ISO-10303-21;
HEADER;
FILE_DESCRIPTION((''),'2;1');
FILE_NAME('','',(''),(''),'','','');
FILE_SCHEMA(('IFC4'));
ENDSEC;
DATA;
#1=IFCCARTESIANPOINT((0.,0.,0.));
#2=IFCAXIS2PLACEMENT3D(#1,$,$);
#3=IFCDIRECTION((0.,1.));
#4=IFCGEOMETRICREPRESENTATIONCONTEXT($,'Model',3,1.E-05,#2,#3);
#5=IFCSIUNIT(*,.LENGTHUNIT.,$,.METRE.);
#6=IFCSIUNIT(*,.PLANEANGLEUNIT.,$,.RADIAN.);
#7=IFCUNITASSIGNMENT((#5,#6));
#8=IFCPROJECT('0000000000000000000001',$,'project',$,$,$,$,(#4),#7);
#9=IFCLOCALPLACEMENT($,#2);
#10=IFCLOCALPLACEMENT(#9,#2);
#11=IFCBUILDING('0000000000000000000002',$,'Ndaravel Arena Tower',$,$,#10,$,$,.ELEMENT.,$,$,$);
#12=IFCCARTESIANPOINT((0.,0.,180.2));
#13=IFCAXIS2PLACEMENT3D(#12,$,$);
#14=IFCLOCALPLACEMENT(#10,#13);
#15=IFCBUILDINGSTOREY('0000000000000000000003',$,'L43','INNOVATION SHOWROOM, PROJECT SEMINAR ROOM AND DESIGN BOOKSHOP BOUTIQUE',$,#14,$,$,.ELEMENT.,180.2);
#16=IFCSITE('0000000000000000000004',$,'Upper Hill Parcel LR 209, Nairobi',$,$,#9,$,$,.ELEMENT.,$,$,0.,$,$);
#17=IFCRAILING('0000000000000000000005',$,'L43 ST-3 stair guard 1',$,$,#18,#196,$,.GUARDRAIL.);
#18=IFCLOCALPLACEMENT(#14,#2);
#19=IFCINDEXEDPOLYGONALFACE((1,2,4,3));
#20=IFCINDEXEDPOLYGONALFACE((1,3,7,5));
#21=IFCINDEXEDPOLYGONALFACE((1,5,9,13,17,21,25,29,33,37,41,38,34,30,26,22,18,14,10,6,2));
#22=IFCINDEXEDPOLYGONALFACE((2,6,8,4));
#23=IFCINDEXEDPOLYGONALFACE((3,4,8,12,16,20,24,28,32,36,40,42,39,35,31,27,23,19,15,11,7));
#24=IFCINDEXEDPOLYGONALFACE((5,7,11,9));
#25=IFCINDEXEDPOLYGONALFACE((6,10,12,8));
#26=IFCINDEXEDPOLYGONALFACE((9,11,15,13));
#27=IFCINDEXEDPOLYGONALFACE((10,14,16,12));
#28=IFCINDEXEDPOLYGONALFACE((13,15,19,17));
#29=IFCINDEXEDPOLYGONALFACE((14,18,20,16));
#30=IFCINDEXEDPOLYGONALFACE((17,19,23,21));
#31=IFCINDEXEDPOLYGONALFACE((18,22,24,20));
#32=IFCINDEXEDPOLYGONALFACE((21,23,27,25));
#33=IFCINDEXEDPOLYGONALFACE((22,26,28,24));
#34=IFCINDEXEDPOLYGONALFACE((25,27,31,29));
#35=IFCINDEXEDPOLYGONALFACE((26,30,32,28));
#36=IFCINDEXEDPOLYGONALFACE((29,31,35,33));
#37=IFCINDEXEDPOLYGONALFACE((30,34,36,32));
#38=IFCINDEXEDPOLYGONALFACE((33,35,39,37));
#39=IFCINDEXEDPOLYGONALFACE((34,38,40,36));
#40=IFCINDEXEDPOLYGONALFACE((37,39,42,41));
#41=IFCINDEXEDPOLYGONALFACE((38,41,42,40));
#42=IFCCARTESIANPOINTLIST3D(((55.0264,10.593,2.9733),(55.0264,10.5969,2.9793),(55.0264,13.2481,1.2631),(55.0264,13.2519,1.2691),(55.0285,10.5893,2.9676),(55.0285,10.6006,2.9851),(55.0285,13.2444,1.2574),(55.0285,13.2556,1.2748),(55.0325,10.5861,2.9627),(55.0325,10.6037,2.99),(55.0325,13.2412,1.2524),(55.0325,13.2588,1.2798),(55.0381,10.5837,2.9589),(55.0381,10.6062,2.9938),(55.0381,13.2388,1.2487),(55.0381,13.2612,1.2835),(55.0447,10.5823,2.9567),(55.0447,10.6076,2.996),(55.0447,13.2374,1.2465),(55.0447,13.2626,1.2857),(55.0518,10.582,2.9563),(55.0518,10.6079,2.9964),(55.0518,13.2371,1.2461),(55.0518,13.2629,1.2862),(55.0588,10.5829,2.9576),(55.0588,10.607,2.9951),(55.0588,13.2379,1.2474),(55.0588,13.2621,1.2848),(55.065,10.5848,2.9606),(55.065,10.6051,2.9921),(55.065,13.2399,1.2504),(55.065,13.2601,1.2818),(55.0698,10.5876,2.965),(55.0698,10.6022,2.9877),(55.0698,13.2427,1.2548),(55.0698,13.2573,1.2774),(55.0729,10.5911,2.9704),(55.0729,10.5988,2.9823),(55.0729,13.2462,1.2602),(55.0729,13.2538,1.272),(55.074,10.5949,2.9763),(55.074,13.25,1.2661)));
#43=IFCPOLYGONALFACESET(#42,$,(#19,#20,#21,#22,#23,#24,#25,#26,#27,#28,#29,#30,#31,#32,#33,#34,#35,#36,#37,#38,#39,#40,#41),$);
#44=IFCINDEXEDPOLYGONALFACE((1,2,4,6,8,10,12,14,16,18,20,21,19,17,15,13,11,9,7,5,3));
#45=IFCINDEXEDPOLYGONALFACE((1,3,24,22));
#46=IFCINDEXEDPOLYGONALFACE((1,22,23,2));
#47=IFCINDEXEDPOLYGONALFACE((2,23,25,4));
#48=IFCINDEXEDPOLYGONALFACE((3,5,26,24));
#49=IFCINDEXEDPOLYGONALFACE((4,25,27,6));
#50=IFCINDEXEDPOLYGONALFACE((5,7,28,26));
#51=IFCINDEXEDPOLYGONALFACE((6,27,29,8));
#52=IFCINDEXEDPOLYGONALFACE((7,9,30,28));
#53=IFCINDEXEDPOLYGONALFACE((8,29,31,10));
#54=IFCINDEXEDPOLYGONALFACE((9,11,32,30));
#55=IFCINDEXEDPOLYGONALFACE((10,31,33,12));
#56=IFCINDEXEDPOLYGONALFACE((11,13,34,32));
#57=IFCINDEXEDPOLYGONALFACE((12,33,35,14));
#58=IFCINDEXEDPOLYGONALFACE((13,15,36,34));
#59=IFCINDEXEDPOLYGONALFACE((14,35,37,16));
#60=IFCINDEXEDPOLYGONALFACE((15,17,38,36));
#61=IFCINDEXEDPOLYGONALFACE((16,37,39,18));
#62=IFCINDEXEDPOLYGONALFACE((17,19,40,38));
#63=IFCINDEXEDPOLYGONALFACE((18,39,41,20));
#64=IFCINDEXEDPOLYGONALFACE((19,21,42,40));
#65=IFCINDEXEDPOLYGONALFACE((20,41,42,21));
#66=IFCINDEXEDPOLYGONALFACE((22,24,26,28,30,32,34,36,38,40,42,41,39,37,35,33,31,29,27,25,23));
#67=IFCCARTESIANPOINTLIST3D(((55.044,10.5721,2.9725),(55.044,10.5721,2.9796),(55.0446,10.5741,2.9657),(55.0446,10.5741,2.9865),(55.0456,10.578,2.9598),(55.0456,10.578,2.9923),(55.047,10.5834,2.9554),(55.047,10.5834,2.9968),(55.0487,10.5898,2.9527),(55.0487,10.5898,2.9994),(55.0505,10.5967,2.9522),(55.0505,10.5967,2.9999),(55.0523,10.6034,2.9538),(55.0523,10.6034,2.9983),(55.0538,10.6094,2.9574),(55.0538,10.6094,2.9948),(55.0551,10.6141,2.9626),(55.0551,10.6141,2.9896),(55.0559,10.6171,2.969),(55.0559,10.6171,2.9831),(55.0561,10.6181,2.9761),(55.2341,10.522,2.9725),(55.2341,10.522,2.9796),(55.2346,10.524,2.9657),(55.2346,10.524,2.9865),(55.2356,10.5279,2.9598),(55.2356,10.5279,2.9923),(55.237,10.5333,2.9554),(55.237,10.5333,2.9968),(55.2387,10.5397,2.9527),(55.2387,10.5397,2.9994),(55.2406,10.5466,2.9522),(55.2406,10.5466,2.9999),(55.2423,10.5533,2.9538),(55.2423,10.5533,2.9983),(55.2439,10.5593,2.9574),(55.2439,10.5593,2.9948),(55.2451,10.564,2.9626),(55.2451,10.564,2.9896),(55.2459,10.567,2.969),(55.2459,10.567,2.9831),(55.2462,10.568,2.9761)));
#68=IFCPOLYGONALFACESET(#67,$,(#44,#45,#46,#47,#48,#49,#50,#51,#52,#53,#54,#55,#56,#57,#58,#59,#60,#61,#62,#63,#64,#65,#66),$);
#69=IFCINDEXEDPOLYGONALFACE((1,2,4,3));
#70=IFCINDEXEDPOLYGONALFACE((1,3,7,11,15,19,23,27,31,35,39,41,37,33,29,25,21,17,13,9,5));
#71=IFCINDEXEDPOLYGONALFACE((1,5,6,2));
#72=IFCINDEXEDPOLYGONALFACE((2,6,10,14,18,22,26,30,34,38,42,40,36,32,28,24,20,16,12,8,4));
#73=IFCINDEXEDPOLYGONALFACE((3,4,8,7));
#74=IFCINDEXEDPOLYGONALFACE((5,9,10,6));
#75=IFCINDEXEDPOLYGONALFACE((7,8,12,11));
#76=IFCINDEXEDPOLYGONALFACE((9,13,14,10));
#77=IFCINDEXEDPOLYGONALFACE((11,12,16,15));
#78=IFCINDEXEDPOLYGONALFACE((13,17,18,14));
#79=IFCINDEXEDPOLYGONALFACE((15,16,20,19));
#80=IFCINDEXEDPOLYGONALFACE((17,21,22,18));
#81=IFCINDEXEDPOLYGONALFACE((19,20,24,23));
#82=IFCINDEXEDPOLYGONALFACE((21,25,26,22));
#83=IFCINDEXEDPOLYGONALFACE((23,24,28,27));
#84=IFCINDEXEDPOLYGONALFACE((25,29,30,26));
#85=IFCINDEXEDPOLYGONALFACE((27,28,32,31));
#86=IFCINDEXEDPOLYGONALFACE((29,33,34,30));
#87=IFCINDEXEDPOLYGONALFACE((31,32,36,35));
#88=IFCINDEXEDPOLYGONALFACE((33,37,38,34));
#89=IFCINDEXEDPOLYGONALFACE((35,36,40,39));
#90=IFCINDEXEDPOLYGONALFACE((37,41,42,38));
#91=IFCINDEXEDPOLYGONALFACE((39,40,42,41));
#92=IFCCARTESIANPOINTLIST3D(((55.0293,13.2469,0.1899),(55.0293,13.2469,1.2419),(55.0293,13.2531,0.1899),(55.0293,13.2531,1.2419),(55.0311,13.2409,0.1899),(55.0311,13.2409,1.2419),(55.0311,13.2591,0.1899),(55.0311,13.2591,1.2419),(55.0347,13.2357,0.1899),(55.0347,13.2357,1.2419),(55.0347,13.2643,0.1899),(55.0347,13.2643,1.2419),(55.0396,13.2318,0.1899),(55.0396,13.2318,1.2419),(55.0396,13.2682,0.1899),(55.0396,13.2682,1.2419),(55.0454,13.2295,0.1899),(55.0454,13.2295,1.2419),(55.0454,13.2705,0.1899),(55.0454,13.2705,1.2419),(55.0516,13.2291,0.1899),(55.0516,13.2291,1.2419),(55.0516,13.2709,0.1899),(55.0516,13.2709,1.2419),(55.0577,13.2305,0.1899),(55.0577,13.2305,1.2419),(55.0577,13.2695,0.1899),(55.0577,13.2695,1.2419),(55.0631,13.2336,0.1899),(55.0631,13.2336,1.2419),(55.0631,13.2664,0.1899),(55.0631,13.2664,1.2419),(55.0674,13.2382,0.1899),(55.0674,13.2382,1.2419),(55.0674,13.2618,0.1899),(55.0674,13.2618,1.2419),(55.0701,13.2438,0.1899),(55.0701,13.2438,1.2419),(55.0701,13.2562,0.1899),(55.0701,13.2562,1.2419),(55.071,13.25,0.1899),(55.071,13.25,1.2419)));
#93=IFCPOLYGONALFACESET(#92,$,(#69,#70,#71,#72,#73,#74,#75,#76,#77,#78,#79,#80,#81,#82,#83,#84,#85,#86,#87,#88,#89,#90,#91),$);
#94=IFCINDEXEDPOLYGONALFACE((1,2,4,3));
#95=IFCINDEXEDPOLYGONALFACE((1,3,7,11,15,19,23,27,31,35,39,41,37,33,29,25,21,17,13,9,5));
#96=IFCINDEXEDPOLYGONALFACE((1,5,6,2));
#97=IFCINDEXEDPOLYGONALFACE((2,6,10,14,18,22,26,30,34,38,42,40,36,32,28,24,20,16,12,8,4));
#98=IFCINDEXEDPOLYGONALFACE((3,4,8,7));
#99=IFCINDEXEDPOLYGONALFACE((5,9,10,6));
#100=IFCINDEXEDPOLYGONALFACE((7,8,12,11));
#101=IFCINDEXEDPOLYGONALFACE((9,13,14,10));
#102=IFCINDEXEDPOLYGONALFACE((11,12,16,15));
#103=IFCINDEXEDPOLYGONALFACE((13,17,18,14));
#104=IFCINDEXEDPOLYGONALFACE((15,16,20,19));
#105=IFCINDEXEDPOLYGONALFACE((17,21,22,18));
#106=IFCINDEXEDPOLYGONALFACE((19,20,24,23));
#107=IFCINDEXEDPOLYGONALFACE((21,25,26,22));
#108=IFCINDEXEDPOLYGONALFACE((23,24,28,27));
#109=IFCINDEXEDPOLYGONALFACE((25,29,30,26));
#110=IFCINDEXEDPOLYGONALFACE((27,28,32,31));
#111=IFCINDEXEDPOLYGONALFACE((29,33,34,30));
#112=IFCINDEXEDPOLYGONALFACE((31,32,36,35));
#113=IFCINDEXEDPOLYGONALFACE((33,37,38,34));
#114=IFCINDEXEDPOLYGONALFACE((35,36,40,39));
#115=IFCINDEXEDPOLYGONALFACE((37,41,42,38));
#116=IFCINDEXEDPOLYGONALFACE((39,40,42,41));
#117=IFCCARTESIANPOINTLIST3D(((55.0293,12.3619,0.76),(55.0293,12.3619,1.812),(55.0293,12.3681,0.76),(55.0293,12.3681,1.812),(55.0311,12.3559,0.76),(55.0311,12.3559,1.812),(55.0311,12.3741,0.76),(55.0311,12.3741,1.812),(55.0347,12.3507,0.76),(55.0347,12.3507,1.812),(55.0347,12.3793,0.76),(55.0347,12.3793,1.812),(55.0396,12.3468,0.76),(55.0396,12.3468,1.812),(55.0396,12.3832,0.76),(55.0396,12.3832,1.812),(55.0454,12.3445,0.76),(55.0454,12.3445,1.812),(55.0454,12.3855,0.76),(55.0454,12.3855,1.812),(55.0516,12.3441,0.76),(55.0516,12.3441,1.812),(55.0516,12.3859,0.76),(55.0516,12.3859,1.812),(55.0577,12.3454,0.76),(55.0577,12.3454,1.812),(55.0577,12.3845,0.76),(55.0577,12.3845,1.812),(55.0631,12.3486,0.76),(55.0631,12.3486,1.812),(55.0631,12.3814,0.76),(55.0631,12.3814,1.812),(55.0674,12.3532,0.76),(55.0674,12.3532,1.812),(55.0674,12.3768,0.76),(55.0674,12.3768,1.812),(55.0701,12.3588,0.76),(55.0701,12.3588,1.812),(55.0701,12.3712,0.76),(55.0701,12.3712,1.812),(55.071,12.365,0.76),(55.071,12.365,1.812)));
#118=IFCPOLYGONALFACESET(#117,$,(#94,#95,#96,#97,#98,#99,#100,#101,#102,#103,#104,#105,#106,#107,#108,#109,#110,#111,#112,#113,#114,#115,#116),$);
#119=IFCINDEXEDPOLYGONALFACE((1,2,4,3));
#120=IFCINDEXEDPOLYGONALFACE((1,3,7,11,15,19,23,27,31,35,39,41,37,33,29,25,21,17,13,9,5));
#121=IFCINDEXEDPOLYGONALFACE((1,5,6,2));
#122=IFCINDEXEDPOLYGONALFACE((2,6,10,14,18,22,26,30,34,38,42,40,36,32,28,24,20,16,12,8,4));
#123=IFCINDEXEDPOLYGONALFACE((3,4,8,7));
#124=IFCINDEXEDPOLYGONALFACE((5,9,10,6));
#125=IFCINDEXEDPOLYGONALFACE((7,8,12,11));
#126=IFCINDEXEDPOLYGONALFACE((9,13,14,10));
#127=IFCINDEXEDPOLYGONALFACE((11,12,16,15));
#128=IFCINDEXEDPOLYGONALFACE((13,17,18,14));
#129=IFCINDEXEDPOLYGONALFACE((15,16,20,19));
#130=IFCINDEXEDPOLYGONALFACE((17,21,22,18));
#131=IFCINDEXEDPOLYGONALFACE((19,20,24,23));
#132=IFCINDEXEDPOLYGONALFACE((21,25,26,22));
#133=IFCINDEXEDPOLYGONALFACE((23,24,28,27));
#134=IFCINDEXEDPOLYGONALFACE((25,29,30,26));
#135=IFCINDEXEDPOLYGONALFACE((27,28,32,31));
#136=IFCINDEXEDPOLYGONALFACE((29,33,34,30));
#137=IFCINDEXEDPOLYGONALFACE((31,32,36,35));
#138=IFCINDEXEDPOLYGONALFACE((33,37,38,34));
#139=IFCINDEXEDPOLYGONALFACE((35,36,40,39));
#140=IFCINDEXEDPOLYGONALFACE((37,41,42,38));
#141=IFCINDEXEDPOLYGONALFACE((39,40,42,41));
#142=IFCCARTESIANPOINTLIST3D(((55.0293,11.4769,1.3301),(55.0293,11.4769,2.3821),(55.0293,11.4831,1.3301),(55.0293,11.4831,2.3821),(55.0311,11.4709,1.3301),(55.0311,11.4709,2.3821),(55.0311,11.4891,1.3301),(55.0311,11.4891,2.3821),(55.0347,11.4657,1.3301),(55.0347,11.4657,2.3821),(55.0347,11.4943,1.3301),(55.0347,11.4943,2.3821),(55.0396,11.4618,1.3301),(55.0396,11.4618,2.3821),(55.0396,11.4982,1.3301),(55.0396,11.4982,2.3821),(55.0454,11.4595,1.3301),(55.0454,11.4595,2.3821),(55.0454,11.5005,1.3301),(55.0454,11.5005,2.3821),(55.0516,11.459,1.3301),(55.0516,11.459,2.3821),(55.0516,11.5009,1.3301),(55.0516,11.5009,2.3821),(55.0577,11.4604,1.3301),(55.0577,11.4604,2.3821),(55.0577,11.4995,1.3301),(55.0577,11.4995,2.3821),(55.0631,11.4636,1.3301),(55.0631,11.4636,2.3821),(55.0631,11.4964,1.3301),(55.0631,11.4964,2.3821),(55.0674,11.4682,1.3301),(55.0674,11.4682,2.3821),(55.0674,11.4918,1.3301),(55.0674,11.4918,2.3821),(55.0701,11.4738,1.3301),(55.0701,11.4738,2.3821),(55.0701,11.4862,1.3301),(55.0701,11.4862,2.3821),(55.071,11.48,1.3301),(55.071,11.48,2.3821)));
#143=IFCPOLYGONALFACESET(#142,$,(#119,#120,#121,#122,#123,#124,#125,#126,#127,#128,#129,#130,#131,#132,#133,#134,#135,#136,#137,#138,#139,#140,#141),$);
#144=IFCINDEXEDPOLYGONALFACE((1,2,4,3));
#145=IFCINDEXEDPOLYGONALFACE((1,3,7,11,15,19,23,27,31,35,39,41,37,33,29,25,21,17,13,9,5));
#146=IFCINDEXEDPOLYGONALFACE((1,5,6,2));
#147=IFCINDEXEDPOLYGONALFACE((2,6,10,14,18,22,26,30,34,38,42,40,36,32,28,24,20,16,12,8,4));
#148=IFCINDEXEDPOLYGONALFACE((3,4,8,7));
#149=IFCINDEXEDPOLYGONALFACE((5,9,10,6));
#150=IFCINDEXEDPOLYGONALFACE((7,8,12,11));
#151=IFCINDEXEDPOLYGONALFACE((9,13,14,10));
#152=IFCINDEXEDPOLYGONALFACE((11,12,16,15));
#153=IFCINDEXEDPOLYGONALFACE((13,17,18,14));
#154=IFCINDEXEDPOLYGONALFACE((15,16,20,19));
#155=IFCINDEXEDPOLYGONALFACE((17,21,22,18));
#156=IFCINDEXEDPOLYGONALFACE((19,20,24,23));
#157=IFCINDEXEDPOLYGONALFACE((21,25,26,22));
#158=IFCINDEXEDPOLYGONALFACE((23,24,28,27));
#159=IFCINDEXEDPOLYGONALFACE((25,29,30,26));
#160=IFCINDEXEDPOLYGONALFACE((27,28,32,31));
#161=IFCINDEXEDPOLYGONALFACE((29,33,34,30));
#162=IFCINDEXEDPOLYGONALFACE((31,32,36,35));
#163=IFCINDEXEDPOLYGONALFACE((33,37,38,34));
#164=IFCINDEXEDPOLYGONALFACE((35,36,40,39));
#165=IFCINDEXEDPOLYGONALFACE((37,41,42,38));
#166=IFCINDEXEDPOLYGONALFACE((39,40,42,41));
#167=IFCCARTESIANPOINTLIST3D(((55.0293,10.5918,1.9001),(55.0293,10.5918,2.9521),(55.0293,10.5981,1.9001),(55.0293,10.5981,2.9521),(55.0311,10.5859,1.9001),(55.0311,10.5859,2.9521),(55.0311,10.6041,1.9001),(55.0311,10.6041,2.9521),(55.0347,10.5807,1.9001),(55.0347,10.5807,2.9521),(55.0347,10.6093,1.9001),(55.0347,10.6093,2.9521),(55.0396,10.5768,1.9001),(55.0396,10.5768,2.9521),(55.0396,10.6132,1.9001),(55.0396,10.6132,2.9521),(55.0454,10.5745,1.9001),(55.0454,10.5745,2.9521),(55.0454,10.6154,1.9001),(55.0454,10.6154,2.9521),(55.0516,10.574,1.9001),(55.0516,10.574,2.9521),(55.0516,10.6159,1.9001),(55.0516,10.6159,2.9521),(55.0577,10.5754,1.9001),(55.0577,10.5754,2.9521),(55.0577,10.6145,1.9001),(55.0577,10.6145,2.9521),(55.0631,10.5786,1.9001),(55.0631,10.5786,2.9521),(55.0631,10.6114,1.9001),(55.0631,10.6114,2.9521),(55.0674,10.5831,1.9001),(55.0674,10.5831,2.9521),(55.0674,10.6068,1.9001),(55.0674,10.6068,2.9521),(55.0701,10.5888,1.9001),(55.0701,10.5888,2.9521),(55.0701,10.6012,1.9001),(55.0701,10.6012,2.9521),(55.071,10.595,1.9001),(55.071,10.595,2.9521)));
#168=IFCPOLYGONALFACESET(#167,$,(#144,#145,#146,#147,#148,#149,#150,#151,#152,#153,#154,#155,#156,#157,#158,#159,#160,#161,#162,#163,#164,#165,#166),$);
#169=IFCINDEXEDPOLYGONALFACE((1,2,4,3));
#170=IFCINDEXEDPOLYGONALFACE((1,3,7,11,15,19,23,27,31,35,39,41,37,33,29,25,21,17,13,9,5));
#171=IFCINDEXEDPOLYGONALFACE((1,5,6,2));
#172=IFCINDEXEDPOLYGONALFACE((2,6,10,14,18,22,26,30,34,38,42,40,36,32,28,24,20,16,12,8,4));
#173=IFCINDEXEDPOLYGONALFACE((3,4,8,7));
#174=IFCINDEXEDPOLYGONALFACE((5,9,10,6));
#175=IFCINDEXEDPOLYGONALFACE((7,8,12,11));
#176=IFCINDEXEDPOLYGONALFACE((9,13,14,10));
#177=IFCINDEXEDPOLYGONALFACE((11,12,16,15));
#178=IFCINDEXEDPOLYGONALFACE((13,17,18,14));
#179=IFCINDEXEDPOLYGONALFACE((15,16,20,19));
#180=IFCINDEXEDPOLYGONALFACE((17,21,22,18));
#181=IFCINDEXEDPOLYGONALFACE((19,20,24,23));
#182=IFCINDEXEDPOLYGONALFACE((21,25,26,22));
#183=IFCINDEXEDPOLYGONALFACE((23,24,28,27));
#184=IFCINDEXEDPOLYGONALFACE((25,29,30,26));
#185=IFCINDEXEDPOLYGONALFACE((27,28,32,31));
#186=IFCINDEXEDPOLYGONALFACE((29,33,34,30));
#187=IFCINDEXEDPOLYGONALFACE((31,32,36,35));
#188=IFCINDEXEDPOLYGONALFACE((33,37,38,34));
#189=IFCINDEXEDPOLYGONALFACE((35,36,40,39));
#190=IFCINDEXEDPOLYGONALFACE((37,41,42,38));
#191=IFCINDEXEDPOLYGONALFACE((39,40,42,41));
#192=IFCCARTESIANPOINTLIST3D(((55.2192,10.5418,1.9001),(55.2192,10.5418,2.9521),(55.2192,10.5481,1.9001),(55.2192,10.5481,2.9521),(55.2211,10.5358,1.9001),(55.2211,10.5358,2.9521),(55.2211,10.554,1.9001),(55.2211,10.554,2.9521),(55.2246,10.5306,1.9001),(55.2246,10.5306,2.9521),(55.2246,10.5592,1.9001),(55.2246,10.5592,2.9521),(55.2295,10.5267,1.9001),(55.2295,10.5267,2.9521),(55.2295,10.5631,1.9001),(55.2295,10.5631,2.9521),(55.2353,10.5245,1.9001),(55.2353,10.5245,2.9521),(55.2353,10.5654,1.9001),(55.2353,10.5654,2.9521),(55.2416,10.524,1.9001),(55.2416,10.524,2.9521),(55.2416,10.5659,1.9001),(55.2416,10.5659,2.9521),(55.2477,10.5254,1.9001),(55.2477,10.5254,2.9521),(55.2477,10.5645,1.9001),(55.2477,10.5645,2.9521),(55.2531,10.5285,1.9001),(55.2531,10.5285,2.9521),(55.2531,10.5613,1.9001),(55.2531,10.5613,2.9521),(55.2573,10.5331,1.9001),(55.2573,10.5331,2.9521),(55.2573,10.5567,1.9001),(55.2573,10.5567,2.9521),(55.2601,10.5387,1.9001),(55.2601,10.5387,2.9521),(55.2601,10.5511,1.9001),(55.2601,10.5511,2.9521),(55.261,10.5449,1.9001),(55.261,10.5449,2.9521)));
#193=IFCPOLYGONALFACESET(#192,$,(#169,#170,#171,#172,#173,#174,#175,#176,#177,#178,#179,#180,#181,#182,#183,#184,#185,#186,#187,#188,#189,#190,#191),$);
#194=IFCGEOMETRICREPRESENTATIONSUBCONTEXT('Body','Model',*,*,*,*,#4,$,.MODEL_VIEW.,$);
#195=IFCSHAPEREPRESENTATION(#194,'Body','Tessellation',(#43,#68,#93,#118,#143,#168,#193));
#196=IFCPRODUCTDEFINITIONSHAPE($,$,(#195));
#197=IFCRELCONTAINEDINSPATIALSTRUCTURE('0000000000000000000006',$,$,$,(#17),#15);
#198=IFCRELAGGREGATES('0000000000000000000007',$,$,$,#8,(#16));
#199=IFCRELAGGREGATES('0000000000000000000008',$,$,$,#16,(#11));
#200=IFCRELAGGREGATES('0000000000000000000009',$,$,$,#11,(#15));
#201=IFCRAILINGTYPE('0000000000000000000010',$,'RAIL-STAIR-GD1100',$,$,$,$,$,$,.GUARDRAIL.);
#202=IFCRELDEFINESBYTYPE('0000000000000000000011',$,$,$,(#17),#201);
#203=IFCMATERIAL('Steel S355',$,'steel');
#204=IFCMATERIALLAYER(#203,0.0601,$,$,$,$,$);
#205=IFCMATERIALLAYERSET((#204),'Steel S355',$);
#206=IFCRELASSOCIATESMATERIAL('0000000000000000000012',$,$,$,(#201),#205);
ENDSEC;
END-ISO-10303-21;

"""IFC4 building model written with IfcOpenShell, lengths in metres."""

from ifc_helpers import new_model, si_unit, direction, frame, origin, origin_2d, place, context, subcontext, project, spatial, circle, extrude, material, layer, layer_set, type_object, element, save


model = new_model("IFC4")

# Units and contexts
model_context = context("Model", 3, precision=1e-05, world=origin(), true_north=direction((0.0, 1.0)))
body_context = subcontext(model_context, "Body", "Model", "MODEL_VIEW")
ifc_project = project(units=[si_unit("LENGTHUNIT", "METRE"), si_unit("PLANEANGLEUNIT", "RADIAN")], contexts=[model_context])

# Site, building, storey
site_placement = place(None, origin())
site = spatial("IfcSite", under=ifc_project, at=site_placement, Name="Upper Hill Parcel LR 209, Nairobi", CompositionType="ELEMENT", RefElevation=0.0)
building_placement = place(site_placement, origin())
building = spatial("IfcBuilding", under=site, at=building_placement, Name="Ndaravel Arena Tower", CompositionType="ELEMENT")
storey_placement = place(building_placement, frame((0.0, 0.0, 180.2)))
storey = spatial("IfcBuildingStorey", under=building, at=storey_placement, Name="L43", Description="INNOVATION SHOWROOM, PROJECT SEMINAR ROOM AND DESIGN BOOKSHOP BOUTIQUE", CompositionType="ELEMENT", Elevation=180.2)

# Railing
ifc_material_1 = material(Name="Steel S355", Category="steel")
ifc_layer_1 = layer(ifc_material_1, 0.0601)
ifc_layer_set_1 = layer_set([ifc_layer_1], Name="Steel S355")
railing_type_1 = type_object("IfcRailingType", Name="RAIL-STAIR-GD1100", PredefinedType="GUARDRAIL", material=ifc_layer_set_1)
railing_1_placement = place(storey_placement, frame((55.05, 13.25, 0.1899)))
element("IfcRailing", 1, at=railing_1_placement, inside=storey, type_object=railing_type_1, Name="L43 ST-3 stair guard 1", PredefinedType="GUARDRAIL", context=body_context, shape_type="SweptSolid", body=[
    extrude(circle(Radius=0.0239, at=origin_2d()), frame((0.0, 0.0, 1.0762), z_axis=(0.0, -0.840688, 0.541519), x_axis=(1.0, 0.0, 0.0)), (0.0, 0.0, 1.0), 3.1582),
    extrude(circle(Radius=0.0239, at=origin_2d()), frame((0.0, -2.655, 2.7861), z_axis=(0.966994, -0.254799, 0.0), x_axis=(0.254799, 0.966994, 0.0)), (0.0, 0.0, 1.0), 0.1965),
    extrude(circle(Radius=0.021, at=origin_2d()), origin(), (0.0, 0.0, 1.0), 1.052),
    extrude(circle(Radius=0.021, at=origin_2d()), frame((0.0, -0.885, 0.5701)), (0.0, 0.0, 1.0), 1.052),
    extrude(circle(Radius=0.021, at=origin_2d()), frame((0.0, -1.77, 1.1401)), (0.0, 0.0, 1.0), 1.052),
    extrude(circle(Radius=0.021, at=origin_2d()), frame((0.0, -2.655, 1.7102)), (0.0, 0.0, 1.0), 1.052),
    extrude(circle(Radius=0.021, at=origin_2d()), frame((0.1899, -2.7051, 1.7102)), (0.0, 0.0, 1.0), 1.052),
])

save(model, "model.ifc")
